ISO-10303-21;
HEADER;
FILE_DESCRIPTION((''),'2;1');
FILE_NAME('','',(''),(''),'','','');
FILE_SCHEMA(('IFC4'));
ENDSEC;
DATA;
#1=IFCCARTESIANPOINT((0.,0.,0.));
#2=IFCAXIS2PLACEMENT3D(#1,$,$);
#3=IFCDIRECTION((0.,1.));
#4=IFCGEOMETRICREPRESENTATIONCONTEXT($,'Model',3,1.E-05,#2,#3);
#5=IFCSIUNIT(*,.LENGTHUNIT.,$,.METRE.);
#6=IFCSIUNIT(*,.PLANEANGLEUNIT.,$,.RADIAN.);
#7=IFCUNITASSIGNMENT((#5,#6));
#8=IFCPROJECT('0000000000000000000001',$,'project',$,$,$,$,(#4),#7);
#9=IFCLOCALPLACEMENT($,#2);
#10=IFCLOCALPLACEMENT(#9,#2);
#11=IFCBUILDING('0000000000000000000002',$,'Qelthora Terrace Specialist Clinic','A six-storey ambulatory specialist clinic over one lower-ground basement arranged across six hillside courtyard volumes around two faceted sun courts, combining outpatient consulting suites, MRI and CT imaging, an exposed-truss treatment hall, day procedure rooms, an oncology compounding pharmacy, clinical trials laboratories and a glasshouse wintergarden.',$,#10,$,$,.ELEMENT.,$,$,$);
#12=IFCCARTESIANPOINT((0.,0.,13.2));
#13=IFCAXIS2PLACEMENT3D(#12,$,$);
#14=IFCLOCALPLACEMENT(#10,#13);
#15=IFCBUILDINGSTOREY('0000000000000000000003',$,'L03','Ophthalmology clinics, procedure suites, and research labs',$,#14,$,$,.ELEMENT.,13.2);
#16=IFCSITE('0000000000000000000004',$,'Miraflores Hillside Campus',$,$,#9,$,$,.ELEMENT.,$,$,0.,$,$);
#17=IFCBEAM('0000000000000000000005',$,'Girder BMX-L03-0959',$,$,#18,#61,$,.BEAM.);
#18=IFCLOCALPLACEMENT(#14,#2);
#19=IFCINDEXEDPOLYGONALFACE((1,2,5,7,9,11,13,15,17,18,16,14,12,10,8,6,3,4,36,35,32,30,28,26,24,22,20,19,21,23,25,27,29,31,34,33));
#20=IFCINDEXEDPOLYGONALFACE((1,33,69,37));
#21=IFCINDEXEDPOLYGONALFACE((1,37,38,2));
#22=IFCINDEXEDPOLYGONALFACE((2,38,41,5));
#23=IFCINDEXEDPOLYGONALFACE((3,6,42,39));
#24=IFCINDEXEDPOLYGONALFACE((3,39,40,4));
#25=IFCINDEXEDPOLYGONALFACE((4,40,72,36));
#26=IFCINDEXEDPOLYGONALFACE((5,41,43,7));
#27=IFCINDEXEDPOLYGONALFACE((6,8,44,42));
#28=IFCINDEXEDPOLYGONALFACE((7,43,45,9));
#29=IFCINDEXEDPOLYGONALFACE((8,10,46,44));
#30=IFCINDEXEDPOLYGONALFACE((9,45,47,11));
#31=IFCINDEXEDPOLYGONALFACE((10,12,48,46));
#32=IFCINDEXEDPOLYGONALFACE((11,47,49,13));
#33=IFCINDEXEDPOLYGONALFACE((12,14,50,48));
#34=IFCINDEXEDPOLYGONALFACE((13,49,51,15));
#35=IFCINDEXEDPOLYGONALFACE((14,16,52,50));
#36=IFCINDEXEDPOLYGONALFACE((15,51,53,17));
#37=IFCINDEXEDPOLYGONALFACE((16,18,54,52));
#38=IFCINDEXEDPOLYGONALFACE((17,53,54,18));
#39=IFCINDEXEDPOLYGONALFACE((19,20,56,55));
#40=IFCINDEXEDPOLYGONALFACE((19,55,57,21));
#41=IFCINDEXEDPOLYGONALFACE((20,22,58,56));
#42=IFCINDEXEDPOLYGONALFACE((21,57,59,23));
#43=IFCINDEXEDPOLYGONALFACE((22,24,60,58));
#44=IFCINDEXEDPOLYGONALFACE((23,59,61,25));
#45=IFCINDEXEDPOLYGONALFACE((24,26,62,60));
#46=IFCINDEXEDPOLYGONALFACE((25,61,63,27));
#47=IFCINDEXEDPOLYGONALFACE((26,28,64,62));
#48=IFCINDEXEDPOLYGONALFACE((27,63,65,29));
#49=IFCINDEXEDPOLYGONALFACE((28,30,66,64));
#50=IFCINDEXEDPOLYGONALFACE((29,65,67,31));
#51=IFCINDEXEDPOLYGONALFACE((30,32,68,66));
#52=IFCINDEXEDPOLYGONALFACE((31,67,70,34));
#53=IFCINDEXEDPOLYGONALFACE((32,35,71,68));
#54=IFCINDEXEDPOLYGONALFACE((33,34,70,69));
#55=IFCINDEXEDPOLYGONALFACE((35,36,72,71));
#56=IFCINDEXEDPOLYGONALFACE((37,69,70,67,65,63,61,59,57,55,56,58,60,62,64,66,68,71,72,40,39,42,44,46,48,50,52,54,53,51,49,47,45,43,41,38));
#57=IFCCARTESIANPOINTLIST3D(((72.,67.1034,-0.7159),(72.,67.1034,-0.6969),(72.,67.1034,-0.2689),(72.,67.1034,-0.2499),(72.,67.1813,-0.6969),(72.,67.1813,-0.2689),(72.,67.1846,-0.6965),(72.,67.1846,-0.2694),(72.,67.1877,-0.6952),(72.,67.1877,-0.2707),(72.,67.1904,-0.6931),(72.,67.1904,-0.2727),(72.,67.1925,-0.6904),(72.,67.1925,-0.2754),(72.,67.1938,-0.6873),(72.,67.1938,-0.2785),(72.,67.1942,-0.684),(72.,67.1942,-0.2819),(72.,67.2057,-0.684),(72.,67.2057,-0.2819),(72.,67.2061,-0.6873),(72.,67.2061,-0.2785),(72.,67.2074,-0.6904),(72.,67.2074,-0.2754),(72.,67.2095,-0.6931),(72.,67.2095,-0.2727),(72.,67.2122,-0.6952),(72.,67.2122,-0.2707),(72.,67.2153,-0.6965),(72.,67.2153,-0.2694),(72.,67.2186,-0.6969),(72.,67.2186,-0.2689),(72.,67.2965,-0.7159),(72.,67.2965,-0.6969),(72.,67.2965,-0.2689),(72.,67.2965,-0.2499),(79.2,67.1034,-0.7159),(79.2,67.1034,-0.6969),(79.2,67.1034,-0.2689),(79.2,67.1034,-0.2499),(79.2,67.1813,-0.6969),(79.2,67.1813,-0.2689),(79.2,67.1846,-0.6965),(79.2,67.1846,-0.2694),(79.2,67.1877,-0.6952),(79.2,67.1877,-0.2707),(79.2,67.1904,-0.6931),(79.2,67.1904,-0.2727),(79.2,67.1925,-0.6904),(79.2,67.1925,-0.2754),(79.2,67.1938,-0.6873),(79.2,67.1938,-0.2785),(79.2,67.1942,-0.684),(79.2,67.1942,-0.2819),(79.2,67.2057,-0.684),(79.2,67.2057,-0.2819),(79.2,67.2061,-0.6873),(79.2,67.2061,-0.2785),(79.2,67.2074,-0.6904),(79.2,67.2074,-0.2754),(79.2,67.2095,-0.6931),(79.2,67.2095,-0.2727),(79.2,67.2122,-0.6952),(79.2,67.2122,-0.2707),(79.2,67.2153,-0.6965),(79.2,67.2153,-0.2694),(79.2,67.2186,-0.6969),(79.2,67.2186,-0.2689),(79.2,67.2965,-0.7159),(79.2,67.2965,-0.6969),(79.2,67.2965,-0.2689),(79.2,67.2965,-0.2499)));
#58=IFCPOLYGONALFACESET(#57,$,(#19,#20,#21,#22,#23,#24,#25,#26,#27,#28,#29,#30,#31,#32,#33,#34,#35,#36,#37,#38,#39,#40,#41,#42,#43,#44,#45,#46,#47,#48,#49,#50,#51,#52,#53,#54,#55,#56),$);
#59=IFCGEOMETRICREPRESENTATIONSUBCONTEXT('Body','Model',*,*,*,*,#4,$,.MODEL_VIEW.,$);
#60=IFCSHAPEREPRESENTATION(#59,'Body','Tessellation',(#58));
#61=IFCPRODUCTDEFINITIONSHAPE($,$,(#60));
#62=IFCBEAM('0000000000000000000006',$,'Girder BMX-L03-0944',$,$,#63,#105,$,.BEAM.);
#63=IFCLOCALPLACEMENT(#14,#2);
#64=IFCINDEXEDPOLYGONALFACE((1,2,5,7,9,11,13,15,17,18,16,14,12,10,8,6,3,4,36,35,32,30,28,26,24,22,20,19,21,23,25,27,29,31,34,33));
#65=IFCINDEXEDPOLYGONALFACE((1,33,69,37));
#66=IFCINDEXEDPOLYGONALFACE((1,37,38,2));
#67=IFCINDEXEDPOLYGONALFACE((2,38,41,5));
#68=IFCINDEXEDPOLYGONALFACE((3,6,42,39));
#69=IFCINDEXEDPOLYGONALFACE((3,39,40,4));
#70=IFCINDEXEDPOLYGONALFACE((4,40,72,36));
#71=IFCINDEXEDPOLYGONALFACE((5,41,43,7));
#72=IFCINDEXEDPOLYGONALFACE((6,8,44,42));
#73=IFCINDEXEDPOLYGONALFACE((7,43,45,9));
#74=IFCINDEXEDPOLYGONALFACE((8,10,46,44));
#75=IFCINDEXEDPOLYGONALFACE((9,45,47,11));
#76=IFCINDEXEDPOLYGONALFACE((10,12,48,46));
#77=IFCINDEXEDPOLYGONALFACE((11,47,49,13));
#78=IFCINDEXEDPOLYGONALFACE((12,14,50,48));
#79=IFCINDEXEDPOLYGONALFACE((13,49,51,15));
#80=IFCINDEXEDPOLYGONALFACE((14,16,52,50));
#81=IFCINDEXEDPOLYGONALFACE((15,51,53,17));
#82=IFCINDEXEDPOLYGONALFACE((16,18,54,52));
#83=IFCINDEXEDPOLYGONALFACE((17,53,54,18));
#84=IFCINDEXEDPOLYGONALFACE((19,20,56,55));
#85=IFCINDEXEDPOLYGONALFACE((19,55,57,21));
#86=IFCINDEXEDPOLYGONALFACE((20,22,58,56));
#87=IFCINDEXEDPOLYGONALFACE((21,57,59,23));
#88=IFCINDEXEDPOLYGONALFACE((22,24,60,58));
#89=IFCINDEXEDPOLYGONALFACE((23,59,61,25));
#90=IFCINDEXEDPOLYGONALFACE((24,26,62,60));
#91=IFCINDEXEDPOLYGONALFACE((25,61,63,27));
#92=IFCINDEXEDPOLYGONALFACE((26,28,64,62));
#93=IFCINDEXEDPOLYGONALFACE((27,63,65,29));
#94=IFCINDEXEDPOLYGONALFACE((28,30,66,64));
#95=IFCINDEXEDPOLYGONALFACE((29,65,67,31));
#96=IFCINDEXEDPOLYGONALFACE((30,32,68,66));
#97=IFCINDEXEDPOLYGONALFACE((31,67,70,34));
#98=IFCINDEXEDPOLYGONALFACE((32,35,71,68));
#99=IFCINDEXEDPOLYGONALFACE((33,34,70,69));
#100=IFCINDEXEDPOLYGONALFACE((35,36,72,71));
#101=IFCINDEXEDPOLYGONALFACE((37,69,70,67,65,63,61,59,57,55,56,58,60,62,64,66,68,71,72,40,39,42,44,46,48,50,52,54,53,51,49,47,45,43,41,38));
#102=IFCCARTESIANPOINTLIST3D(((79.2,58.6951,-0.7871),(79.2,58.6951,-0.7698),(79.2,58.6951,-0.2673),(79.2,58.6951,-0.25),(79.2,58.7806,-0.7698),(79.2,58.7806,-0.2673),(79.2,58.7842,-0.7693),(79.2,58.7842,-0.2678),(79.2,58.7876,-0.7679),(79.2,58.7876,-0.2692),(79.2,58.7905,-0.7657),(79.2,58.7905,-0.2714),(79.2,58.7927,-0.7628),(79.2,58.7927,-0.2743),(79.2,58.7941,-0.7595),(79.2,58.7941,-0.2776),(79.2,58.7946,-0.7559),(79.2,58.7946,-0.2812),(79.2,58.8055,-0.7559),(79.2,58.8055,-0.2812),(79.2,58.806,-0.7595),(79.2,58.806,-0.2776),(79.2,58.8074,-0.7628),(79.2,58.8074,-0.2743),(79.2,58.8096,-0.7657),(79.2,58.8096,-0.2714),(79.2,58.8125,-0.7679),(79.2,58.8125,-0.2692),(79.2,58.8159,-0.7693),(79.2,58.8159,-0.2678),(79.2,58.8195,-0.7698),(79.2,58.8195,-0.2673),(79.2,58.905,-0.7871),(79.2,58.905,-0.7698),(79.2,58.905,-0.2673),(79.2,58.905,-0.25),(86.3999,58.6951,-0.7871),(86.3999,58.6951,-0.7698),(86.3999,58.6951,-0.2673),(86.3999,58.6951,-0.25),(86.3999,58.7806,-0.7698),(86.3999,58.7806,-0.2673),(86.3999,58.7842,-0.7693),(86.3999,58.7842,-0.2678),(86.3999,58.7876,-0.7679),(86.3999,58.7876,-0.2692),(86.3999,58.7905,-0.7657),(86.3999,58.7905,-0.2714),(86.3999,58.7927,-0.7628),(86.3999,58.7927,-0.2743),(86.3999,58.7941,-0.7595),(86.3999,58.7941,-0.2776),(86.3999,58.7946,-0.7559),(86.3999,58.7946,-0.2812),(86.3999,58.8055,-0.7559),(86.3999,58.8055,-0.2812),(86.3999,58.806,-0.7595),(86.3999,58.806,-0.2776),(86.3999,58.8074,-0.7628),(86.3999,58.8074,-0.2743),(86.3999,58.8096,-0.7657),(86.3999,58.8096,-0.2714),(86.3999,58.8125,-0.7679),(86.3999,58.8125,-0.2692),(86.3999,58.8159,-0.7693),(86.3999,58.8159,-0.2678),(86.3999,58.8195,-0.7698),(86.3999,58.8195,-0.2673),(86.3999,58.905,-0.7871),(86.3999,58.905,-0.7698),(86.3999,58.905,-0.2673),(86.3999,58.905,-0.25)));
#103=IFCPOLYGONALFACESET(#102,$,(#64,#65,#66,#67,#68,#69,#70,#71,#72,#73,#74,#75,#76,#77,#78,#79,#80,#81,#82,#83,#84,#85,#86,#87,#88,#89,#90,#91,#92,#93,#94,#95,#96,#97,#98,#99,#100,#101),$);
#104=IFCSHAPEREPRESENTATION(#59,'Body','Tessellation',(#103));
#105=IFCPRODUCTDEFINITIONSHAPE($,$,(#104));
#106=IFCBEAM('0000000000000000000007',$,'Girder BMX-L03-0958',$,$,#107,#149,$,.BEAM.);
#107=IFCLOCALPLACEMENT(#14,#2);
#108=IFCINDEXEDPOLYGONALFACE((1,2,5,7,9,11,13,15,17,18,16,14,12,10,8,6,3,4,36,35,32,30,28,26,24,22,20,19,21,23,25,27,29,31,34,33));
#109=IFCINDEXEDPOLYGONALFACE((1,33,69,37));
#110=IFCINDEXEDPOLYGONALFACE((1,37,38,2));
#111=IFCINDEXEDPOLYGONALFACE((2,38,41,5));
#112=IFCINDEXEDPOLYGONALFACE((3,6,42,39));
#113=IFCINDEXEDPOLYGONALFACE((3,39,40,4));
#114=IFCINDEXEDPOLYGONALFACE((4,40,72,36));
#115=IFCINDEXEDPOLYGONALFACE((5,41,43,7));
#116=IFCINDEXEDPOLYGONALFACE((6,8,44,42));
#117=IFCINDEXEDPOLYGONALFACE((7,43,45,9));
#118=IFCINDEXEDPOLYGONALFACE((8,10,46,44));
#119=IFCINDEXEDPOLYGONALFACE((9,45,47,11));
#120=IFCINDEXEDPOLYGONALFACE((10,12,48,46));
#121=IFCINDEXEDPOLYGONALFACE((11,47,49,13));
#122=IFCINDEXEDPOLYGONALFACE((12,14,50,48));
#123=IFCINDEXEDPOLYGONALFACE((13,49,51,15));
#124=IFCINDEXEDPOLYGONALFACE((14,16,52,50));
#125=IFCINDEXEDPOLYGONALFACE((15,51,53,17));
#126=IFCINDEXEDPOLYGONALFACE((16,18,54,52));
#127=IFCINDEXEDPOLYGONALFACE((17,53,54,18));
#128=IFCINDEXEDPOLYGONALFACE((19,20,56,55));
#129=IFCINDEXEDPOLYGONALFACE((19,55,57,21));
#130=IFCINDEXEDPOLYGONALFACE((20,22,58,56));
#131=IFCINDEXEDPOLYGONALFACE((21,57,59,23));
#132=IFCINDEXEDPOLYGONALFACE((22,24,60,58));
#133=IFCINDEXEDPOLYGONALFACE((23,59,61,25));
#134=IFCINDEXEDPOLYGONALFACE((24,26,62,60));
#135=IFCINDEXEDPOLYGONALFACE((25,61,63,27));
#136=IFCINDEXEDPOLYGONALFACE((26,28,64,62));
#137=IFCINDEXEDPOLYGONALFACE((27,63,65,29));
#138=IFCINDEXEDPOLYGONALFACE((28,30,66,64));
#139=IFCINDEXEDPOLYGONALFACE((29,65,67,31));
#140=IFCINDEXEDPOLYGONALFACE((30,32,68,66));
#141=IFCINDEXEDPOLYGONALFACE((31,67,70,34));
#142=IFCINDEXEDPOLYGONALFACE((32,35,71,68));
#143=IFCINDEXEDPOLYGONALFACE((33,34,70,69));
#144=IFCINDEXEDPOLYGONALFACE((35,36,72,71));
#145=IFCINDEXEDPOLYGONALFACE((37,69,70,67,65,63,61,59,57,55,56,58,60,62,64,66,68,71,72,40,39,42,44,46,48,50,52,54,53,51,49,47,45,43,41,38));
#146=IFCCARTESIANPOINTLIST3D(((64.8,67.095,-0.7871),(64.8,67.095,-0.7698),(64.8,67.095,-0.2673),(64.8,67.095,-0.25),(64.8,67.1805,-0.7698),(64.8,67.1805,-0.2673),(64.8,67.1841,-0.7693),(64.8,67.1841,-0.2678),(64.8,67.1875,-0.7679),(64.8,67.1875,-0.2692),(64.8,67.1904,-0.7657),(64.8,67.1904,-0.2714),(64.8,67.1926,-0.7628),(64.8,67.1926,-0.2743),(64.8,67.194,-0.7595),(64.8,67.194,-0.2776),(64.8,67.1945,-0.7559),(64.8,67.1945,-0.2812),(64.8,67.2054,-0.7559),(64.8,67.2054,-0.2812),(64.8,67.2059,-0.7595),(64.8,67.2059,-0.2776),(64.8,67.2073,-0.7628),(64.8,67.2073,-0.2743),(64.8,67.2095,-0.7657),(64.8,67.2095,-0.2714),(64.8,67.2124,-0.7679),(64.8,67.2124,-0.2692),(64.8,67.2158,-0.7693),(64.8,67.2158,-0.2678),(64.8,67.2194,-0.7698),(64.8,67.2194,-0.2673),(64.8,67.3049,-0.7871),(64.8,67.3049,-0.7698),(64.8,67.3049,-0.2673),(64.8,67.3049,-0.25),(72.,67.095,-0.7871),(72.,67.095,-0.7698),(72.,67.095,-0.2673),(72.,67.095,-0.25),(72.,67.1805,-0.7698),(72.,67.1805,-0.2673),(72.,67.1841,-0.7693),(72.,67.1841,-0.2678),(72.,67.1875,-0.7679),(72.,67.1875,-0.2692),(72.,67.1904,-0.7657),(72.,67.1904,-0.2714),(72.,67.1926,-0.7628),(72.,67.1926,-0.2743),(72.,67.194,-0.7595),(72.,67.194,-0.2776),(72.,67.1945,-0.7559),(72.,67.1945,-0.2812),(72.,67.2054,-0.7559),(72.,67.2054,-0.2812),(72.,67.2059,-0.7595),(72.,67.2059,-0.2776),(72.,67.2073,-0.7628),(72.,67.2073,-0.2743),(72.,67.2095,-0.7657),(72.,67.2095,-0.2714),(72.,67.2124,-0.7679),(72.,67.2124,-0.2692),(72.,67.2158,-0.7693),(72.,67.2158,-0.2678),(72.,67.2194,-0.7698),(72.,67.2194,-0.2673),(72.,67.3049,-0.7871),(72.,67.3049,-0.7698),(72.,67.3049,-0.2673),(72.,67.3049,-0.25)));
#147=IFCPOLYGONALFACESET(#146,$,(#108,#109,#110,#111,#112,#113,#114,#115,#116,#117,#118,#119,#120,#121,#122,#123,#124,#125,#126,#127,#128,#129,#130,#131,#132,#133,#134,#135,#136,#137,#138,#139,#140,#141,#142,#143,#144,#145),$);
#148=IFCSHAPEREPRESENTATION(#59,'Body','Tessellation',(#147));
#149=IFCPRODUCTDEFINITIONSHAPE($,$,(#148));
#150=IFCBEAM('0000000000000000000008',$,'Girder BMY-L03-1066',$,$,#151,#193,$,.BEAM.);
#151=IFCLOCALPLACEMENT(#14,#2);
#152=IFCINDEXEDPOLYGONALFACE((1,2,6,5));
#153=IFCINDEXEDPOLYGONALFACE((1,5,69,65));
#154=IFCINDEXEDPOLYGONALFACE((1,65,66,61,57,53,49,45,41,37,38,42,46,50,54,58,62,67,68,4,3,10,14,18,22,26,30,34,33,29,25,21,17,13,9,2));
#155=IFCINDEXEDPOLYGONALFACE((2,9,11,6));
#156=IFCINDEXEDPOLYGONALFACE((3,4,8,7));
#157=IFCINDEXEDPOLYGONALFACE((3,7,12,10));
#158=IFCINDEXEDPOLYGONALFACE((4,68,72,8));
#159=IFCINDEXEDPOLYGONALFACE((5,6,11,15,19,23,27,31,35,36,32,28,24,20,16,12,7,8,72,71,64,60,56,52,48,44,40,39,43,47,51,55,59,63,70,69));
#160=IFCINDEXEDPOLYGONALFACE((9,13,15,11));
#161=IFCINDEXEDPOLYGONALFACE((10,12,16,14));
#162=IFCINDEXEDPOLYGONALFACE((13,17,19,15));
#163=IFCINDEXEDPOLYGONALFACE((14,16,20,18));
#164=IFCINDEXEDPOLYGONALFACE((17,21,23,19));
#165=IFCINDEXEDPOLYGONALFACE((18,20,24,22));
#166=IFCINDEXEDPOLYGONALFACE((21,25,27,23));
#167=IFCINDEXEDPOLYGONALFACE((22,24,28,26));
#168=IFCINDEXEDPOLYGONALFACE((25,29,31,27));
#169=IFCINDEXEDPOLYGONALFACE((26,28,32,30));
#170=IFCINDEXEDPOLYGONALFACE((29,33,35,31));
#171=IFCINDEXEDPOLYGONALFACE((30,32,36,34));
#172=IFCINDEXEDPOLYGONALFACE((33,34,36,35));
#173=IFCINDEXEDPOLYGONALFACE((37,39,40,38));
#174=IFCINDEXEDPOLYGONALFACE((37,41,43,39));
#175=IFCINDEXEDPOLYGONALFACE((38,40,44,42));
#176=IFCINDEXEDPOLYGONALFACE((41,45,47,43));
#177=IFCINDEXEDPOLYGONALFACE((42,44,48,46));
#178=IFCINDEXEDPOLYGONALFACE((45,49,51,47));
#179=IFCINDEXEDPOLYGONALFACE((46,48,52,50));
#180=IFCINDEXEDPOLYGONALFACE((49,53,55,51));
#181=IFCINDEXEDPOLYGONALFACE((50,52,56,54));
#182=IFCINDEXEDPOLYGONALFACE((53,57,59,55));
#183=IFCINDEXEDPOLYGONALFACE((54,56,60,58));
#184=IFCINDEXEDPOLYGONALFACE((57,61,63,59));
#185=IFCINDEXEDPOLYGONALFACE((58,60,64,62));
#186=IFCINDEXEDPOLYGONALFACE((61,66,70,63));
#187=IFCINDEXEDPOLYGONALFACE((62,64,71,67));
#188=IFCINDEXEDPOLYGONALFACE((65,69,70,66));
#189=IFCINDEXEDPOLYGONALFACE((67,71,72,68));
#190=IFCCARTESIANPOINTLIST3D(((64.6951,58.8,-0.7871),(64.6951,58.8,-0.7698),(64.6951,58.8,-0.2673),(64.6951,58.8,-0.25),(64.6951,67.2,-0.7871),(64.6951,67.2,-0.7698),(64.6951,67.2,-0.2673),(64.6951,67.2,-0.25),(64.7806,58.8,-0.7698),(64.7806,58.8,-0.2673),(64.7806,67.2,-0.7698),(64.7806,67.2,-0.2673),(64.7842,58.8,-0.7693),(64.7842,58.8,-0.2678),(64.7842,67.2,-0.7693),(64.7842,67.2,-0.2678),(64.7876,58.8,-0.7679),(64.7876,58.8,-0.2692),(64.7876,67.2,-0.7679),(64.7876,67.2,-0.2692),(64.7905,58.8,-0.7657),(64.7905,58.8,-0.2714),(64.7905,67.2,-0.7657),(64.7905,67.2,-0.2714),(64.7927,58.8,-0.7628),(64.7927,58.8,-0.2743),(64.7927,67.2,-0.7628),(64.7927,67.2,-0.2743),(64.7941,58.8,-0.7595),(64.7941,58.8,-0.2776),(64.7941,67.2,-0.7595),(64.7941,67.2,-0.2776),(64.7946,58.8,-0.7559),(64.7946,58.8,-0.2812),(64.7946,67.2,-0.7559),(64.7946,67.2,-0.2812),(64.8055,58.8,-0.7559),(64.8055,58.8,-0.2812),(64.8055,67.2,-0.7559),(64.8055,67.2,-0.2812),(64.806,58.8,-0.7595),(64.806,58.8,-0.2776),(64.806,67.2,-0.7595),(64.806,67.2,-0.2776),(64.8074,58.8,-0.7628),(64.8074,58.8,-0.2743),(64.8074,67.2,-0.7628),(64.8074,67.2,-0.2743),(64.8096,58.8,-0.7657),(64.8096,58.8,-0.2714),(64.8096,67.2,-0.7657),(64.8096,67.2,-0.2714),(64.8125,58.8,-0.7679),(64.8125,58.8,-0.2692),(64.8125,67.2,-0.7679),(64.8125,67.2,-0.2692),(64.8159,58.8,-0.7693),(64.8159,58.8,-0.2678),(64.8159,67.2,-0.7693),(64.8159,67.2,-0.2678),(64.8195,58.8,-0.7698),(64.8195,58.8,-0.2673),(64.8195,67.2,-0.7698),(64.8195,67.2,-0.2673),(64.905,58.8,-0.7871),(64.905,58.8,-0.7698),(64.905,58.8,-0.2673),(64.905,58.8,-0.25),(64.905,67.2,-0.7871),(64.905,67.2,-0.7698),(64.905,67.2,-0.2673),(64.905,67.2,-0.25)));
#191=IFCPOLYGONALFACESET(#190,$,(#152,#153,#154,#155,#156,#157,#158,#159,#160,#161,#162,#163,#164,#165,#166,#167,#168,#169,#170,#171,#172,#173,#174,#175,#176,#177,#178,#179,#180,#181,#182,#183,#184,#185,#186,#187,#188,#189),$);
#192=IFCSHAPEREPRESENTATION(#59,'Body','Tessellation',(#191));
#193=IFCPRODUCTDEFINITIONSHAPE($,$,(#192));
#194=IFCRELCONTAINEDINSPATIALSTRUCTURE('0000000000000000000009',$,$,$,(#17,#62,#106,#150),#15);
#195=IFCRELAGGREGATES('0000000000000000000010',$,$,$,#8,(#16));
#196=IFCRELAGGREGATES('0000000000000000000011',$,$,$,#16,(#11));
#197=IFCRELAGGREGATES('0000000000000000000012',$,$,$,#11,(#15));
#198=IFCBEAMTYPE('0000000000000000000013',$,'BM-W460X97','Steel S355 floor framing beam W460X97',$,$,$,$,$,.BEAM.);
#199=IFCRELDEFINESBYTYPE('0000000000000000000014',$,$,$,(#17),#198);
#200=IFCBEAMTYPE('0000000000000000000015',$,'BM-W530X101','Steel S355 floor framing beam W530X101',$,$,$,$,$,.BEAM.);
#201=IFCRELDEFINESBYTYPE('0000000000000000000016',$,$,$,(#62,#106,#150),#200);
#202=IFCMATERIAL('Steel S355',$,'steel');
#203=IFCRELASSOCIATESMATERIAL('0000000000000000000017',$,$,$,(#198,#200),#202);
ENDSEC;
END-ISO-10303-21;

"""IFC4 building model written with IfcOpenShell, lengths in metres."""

from ifc_helpers import new_model, si_unit, direction, frame, origin, origin_2d, place, context, subcontext, project, spatial, i_section, extrude, material, material_profile, profile_set, type_object, element, save


model = new_model("IFC4")

# Units and contexts
model_context = context("Model", 3, precision=1e-05, world=origin(), true_north=direction((0.0, 1.0)))
body_context = subcontext(model_context, "Body", "Model", "MODEL_VIEW")
ifc_project = project(units=[si_unit("LENGTHUNIT", "METRE"), si_unit("PLANEANGLEUNIT", "RADIAN")], contexts=[model_context])

# Site, building, storey
site_placement = place(None, origin())
site = spatial("IfcSite", under=ifc_project, at=site_placement, Name="Miraflores Hillside Campus", CompositionType="ELEMENT", RefElevation=0.0)
building_placement = place(site_placement, origin())
building = spatial("IfcBuilding", under=site, at=building_placement, Name="Qelthora Terrace Specialist Clinic", Description="A six-storey ambulatory specialist clinic over one lower-ground basement arranged across six hillside courtyard volumes around two faceted sun courts, combining outpatient consulting suites, MRI and CT imaging, an exposed-truss treatment hall, day procedure rooms, an oncology compounding pharmacy, clinical trials laboratories and a glasshouse wintergarden.", CompositionType="ELEMENT")
storey_placement = place(building_placement, frame((0.0, 0.0, 13.2)))
storey = spatial("IfcBuildingStorey", under=building, at=storey_placement, Name="L03", Description="Ophthalmology clinics, procedure suites, and research labs", CompositionType="ELEMENT", Elevation=13.2)

# Beams
ifc_material_1 = material(Name="Steel S355", Category="steel")
ifc_material_profile_1 = material_profile(ifc_material_1, i_section(OverallWidth=0.1931, OverallDepth=0.4661, WebThickness=0.0115, FlangeThickness=0.019, FilletRadius=0.0129, at=origin_2d()), Name="W460X97")
ifc_profile_set_1 = profile_set([ifc_material_profile_1], Name="Steel S355")
beam_type_1 = type_object("IfcBeamType", Name="BM-W460X97", Description="Steel S355 floor framing beam W460X97", PredefinedType="BEAM", material=ifc_profile_set_1)
beam_1_placement = place(storey_placement, frame((72.0, 67.2, -0.4829), z_axis=(1.0, 0.0, 0.0), x_axis=(0.0, 1.0, 0.0)))
element("IfcBeam", 1, at=beam_1_placement, inside=storey, type_object=beam_type_1, Name="Girder BMX-L03-0959", PredefinedType="BEAM", context=body_context, shape_type="SweptSolid", body=[
    extrude(i_section(OverallWidth=0.1931, OverallDepth=0.4661, WebThickness=0.0115, FlangeThickness=0.019, FilletRadius=0.0129, at=origin_2d()), origin(), (0.0, 0.0, 1.0), 7.2),
])
ifc_material_profile_2 = material_profile(ifc_material_1, i_section(OverallWidth=0.21, OverallDepth=0.5371, WebThickness=0.011, FlangeThickness=0.0173, FilletRadius=0.0139, at=origin_2d()), Name="W530X101")
ifc_profile_set_2 = profile_set([ifc_material_profile_2], Name="Steel S355")
beam_type_2 = type_object("IfcBeamType", Name="BM-W530X101", Description="Steel S355 floor framing beam W530X101", PredefinedType="BEAM", material=ifc_profile_set_2)
for number, where, z_axis, x_axis, name in (
    (2, (79.2, 58.8, -0.5186), (1.0, 0.0, 0.0), (0.0, 1.0, 0.0), "Girder BMX-L03-0944"),
    (3, (64.8, 67.2, -0.5186), (1.0, 0.0, 0.0), (0.0, 1.0, 0.0), "Girder BMX-L03-0958"),
):
    element("IfcBeam", number, at=place(storey_placement, frame(where, z_axis=z_axis, x_axis=x_axis)), inside=storey, type_object=beam_type_2, Name=name, PredefinedType="BEAM", context=body_context, shape_type="SweptSolid", body=[
        extrude(i_section(OverallWidth=0.21, OverallDepth=0.5371, WebThickness=0.011, FlangeThickness=0.0173, FilletRadius=0.0139, at=origin_2d()), origin(), (0.0, 0.0, 1.0), 7.2),
    ])
beam_2_placement = place(storey_placement, frame((64.8, 58.8, -0.5186), z_axis=(0.0, 1.0, 0.0), x_axis=(-1.0, 0.0, 0.0)))
element("IfcBeam", 4, at=beam_2_placement, inside=storey, type_object=beam_type_2, Name="Girder BMY-L03-1066", PredefinedType="BEAM", context=body_context, shape_type="SweptSolid", body=[
    extrude(i_section(OverallWidth=0.21, OverallDepth=0.5371, WebThickness=0.011, FlangeThickness=0.0173, FilletRadius=0.0139, at=origin_2d()), origin(), (0.0, 0.0, 1.0), 8.3999),
])

save(model, "model.ifc")
